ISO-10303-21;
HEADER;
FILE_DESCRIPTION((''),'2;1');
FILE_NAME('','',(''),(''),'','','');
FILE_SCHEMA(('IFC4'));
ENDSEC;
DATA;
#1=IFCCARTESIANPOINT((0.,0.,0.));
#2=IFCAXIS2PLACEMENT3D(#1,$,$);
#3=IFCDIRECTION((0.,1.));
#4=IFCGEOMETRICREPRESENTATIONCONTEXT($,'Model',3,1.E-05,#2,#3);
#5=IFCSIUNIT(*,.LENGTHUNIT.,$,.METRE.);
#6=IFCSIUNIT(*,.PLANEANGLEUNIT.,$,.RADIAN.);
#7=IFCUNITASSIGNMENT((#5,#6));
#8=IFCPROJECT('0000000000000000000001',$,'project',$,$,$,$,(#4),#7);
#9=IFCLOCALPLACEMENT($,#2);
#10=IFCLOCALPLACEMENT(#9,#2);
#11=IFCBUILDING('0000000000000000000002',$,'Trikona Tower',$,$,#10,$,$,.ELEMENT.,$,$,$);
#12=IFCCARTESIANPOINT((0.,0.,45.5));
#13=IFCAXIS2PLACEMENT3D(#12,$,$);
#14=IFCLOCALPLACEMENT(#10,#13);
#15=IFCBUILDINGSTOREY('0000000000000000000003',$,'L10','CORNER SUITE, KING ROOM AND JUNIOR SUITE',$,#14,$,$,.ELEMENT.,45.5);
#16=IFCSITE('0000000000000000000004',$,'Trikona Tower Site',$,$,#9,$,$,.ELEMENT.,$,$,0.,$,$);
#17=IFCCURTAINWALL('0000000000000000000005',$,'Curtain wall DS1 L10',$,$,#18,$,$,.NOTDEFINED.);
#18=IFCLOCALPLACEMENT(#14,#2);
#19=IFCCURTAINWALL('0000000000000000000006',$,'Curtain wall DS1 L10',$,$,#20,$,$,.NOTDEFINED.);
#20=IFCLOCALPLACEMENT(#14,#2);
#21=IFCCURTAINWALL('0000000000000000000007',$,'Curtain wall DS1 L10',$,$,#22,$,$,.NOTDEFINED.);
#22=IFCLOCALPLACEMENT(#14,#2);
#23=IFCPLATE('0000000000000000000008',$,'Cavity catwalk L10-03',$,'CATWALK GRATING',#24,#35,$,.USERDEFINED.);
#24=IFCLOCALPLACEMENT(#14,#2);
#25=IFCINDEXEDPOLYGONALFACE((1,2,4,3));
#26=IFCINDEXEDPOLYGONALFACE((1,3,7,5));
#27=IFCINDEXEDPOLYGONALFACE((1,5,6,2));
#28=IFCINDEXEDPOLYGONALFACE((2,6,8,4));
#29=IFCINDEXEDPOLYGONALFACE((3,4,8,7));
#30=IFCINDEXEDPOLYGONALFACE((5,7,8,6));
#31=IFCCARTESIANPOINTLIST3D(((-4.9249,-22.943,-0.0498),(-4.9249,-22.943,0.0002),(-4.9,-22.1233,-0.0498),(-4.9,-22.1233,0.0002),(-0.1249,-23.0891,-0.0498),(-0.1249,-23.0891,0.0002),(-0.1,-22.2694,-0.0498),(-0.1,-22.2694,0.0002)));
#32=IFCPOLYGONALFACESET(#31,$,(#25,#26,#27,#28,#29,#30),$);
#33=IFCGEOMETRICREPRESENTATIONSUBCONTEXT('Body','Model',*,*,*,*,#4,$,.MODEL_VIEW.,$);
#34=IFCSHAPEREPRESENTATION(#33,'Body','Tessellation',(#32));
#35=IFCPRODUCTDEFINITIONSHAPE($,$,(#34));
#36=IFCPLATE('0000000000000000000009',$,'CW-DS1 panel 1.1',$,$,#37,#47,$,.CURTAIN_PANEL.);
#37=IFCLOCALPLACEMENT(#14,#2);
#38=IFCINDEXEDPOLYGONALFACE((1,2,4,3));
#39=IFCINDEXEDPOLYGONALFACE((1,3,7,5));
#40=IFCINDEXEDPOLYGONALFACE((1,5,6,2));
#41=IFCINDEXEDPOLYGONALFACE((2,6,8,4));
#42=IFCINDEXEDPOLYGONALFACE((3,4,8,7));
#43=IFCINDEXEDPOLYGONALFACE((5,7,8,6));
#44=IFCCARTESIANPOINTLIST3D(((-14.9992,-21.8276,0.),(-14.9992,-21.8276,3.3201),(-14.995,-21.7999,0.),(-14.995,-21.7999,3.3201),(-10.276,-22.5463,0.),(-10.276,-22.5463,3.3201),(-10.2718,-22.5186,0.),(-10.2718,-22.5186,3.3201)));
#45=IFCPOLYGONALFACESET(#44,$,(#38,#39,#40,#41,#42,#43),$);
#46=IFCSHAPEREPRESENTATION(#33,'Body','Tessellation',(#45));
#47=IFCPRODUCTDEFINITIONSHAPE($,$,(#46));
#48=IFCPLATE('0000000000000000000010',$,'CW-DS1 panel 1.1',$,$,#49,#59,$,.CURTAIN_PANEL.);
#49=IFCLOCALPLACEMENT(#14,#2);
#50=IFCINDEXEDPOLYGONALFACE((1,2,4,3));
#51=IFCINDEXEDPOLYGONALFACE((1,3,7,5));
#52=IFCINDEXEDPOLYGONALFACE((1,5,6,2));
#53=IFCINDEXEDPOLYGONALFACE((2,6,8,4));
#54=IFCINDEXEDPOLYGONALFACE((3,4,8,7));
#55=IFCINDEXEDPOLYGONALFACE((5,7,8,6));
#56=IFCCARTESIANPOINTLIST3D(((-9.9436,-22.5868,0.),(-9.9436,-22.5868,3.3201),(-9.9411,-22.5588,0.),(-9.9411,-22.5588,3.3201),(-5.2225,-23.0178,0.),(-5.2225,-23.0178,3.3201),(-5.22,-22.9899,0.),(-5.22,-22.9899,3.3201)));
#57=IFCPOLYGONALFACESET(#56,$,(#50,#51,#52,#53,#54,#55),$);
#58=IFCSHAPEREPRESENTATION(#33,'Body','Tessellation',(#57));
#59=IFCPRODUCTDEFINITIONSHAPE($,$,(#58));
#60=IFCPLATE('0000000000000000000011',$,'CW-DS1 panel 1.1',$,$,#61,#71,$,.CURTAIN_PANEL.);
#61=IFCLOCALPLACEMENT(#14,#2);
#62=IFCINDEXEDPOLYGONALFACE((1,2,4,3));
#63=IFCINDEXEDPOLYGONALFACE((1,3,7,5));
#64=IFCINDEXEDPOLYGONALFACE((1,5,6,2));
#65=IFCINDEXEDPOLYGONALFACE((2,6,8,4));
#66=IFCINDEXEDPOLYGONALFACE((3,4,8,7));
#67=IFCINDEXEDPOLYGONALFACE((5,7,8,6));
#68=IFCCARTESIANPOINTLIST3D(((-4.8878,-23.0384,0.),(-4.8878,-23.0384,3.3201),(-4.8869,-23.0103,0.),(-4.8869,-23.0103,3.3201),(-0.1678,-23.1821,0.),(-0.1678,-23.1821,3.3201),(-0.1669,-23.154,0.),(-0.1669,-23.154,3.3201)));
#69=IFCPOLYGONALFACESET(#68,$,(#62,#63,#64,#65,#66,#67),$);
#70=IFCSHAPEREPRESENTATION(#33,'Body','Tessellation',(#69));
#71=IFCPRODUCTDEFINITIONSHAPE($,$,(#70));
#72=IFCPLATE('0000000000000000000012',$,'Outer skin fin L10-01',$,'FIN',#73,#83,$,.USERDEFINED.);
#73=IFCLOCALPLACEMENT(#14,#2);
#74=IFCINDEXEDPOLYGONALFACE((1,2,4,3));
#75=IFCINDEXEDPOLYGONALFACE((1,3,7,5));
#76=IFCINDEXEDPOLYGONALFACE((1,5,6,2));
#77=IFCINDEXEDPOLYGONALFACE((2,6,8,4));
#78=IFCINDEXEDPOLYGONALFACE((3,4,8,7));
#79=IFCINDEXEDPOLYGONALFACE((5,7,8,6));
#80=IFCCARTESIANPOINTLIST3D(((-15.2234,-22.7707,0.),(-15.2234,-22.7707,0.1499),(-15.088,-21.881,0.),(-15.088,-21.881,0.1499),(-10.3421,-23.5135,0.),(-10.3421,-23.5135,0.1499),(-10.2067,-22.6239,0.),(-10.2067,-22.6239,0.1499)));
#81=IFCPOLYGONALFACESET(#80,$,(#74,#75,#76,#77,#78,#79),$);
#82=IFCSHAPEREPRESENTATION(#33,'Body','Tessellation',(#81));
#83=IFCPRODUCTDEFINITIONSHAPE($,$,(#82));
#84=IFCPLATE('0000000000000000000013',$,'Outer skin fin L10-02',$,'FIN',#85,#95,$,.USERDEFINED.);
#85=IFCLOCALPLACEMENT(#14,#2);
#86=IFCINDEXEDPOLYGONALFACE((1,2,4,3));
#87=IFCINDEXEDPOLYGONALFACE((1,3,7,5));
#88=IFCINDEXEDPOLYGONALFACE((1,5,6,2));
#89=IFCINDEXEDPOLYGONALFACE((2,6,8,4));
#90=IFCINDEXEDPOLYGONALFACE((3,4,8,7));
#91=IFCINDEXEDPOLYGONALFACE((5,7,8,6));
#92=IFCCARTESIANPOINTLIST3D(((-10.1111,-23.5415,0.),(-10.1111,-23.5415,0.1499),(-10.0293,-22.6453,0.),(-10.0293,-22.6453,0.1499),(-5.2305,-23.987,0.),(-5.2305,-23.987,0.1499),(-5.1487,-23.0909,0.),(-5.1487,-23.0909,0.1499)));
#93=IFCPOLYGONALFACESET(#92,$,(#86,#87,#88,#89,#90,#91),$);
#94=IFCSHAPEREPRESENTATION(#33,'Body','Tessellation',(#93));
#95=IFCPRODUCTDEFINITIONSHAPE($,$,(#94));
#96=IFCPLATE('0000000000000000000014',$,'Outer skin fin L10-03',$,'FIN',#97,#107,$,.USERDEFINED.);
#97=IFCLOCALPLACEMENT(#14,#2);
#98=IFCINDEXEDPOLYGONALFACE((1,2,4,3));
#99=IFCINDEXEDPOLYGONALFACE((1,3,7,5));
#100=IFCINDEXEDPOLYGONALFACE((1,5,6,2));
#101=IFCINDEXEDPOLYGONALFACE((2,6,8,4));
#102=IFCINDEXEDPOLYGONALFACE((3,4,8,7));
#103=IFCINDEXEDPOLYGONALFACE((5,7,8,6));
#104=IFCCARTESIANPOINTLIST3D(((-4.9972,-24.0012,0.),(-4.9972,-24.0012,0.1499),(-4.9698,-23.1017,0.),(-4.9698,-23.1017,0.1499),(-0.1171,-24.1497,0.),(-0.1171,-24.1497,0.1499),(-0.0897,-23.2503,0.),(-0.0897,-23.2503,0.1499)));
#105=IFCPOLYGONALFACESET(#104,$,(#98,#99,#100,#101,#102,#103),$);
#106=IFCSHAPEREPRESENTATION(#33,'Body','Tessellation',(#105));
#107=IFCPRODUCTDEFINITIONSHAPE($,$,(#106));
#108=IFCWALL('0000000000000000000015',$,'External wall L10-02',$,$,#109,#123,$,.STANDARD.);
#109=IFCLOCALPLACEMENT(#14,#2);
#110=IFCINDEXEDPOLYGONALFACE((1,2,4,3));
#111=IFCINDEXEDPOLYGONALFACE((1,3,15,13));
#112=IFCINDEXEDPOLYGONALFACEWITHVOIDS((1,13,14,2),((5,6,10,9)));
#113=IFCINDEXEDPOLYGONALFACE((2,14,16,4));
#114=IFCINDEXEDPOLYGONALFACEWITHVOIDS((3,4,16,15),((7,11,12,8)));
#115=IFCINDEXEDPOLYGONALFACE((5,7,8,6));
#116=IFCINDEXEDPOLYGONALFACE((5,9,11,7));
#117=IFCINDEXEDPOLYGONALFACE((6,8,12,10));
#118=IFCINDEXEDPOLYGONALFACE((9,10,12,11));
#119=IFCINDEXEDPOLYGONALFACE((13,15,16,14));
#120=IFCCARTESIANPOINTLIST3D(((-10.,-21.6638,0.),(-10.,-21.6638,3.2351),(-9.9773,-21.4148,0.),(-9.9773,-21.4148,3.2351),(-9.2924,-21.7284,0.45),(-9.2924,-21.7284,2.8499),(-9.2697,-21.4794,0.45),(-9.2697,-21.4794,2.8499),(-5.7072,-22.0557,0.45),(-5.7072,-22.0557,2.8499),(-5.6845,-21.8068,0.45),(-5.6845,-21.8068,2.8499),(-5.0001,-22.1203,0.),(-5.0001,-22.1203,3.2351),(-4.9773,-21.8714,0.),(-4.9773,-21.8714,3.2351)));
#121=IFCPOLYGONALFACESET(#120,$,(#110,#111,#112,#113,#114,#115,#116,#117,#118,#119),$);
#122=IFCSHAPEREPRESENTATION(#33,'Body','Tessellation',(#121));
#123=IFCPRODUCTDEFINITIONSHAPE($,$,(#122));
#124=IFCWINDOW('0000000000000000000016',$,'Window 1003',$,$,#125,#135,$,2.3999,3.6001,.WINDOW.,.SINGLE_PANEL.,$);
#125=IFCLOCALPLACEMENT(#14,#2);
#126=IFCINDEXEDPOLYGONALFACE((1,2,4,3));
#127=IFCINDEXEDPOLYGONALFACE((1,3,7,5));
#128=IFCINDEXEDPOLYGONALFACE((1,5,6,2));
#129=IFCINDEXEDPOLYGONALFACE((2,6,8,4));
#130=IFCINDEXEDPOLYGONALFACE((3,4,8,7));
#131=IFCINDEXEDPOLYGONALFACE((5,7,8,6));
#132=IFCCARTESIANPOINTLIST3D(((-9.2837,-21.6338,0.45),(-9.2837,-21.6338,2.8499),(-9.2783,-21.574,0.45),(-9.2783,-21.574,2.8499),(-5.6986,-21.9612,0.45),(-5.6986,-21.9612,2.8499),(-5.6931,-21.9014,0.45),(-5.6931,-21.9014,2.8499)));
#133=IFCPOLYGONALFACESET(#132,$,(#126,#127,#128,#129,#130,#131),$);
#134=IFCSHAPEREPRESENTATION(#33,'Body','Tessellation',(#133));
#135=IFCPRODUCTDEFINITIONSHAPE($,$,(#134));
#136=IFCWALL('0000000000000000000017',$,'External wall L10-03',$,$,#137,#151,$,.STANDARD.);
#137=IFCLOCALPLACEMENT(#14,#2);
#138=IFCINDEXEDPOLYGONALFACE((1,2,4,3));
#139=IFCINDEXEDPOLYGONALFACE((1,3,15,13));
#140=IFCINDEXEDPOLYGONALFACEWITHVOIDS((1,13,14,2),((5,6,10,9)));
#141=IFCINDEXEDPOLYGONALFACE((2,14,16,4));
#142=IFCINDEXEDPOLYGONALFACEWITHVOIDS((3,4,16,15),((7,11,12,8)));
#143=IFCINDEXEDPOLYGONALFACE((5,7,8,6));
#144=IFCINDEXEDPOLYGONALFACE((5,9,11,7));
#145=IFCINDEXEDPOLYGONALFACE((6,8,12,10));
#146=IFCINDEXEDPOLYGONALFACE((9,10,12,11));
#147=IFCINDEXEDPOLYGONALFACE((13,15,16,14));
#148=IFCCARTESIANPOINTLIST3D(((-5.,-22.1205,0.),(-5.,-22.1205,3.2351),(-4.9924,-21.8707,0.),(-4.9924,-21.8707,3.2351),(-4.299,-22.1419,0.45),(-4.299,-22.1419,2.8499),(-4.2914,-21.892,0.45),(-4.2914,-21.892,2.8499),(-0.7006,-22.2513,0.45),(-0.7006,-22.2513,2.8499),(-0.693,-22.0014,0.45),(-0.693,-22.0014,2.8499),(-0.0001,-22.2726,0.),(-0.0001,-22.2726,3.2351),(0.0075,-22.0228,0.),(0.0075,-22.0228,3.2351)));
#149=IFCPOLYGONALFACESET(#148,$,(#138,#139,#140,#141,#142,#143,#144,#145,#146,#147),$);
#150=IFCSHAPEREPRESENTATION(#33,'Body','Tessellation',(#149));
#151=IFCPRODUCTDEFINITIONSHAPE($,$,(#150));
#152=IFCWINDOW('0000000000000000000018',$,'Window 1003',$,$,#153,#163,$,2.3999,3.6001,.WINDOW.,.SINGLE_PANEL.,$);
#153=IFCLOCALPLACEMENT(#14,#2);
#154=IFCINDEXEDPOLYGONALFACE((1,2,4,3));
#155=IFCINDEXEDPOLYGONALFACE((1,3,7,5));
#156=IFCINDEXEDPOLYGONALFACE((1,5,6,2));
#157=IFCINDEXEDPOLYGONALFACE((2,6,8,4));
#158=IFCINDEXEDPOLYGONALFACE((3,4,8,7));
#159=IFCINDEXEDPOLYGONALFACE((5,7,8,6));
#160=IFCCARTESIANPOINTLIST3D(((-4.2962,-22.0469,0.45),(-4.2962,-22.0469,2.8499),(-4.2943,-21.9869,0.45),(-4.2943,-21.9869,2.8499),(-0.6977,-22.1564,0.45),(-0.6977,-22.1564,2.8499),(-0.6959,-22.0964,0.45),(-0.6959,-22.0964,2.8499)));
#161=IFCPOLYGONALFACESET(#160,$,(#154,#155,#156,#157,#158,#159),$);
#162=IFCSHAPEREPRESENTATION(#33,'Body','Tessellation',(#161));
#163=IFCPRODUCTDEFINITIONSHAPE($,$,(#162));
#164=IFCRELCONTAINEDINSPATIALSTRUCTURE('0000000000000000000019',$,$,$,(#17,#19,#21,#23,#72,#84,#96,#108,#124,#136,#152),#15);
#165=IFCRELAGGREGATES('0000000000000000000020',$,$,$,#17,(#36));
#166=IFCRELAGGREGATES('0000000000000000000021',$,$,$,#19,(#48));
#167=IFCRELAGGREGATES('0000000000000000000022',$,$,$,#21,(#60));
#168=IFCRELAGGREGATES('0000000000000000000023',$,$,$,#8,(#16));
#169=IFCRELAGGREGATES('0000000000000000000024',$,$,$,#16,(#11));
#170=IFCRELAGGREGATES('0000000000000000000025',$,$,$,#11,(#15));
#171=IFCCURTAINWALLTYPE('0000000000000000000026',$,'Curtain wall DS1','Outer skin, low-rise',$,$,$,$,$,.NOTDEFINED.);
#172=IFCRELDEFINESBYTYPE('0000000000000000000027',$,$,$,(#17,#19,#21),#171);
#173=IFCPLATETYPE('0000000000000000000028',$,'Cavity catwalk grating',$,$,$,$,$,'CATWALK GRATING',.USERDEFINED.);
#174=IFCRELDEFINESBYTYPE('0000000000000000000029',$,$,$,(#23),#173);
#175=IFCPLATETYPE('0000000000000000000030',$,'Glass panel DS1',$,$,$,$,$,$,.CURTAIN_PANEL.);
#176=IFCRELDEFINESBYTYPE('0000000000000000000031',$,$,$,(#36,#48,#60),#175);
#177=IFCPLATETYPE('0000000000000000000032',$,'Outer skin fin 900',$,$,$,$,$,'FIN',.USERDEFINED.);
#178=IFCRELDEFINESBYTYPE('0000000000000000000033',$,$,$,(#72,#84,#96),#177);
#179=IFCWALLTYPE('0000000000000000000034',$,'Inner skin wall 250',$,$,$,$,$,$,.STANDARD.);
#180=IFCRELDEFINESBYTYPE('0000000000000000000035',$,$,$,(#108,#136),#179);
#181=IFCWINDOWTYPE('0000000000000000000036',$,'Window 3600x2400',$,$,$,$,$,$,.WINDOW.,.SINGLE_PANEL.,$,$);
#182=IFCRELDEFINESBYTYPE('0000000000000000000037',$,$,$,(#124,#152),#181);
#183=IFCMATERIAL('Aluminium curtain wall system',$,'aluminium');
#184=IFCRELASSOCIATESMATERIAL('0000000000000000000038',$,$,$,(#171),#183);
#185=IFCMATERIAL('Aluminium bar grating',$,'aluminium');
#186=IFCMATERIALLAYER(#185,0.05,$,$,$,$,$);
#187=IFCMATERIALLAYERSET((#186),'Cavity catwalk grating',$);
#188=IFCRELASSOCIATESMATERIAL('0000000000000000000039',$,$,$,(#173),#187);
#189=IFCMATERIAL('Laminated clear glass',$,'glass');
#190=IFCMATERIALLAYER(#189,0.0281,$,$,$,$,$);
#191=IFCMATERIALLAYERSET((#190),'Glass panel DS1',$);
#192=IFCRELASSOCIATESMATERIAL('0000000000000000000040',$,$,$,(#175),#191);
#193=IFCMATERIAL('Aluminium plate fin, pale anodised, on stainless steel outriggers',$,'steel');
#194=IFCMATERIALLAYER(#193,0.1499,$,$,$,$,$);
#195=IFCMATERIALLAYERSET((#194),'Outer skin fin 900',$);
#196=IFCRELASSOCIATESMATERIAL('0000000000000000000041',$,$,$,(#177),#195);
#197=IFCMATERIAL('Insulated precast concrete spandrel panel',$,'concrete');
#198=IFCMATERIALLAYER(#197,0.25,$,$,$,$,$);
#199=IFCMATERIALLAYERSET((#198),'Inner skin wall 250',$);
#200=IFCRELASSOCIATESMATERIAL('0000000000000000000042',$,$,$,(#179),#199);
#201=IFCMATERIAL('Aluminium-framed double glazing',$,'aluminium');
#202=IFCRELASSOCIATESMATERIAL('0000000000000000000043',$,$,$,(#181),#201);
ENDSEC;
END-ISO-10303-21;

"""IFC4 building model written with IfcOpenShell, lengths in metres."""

from ifc_helpers import new_model, si_unit, direction, frame, frame_2d, origin, origin_2d, place, context, subcontext, project, spatial, rectangle, extrude, material, layer, layer_set, type_object, element, fill, aggregate, save


model = new_model("IFC4")

# Units and contexts
model_context = context("Model", 3, precision=1e-05, world=origin(), true_north=direction((0.0, 1.0)))
body_context = subcontext(model_context, "Body", "Model", "MODEL_VIEW")
ifc_project = project(units=[si_unit("LENGTHUNIT", "METRE"), si_unit("PLANEANGLEUNIT", "RADIAN")], contexts=[model_context])

# Site, building, storey
site_placement = place(None, origin())
site = spatial("IfcSite", under=ifc_project, at=site_placement, Name="Trikona Tower Site", CompositionType="ELEMENT", RefElevation=0.0)
building_placement = place(site_placement, origin())
building = spatial("IfcBuilding", under=site, at=building_placement, Name="Trikona Tower", CompositionType="ELEMENT")
storey_placement = place(building_placement, frame((0.0, 0.0, 45.5)))
storey = spatial("IfcBuildingStorey", under=building, at=storey_placement, Name="L10", Description="CORNER SUITE, KING ROOM AND JUNIOR SUITE", CompositionType="ELEMENT", Elevation=45.5)

# Curtain wall
ifc_material_1 = material(Name="Aluminium curtain wall system", Category="aluminium")
curtain_wall_type = type_object("IfcCurtainWallType", Name="Curtain wall DS1", Description="Outer skin, low-rise", PredefinedType="NOTDEFINED", material=ifc_material_1)
curtain_wall_1_placement = place(storey_placement, origin())
curtain_wall_1 = element("IfcCurtainWall", 1, at=curtain_wall_1_placement, inside=storey, type_object=curtain_wall_type, Name="Curtain wall DS1 L10", PredefinedType="NOTDEFINED")

# Curtain walls
curtain_wall_2_placement = place(storey_placement, origin())
curtain_wall_2 = element("IfcCurtainWall", 2, at=curtain_wall_2_placement, inside=storey, type_object=curtain_wall_type, Name="Curtain wall DS1 L10", PredefinedType="NOTDEFINED")
curtain_wall_3_placement = place(storey_placement, origin())
curtain_wall_3 = element("IfcCurtainWall", 3, at=curtain_wall_3_placement, inside=storey, type_object=curtain_wall_type, Name="Curtain wall DS1 L10", PredefinedType="NOTDEFINED")

# Plate
ifc_material_2 = material(Name="Aluminium bar grating", Category="aluminium")
ifc_layer_1 = layer(ifc_material_2, 0.05)
ifc_layer_set_1 = layer_set([ifc_layer_1], Name="Cavity catwalk grating")
plate_type_1 = type_object("IfcPlateType", Name="Cavity catwalk grating", ElementType="CATWALK GRATING", PredefinedType="USERDEFINED", material=ifc_layer_set_1)
plate_1_placement = place(storey_placement, frame((-2.5125, -22.6062, -0.0498), z_axis=(0.0, 0.0, 1.0), x_axis=(0.999537, -0.030425, 0.0)))
element("IfcPlate", 4, at=plate_1_placement, inside=storey, type_object=plate_type_1, Name="Cavity catwalk L10-03", ObjectType="CATWALK GRATING", PredefinedType="USERDEFINED", context=body_context, shape_type="SweptSolid", body=[
    extrude(rectangle(XDim=4.8022, YDim=0.8201, at=origin_2d()), origin(), (0.0, 0.0, 1.0), 0.05),
])

# Plates
ifc_material_3 = material(Name="Laminated clear glass", Category="glass")
ifc_layer_2 = layer(ifc_material_3, 0.0281)
ifc_layer_set_2 = layer_set([ifc_layer_2], Name="Glass panel DS1")
plate_type_2 = type_object("IfcPlateType", Name="Glass panel DS1", PredefinedType="CURTAIN_PANEL", material=ifc_layer_set_2)
plate_2_placement = place(storey_placement, frame((-12.6355, -22.1731, 0.0), z_axis=(0.0, 0.0, 1.0), x_axis=(0.988619, -0.150438, 0.0)))
plate_2 = element("IfcPlate", 5, at=plate_2_placement, type_object=plate_type_2, Name="CW-DS1 panel 1.1", PredefinedType="CURTAIN_PANEL", context=body_context, shape_type="SweptSolid", body=[
    extrude(rectangle(XDim=4.7776, YDim=0.0281, at=origin_2d()), origin(), (0.0, 0.0, 1.0), 3.3201),
])
aggregate(curtain_wall_1, [plate_2])
plate_3_placement = place(storey_placement, frame((-7.5818, -22.7883, 0.0), z_axis=(0.0, 0.0, 1.0), x_axis=(0.995858, -0.090924, 0.0)))
plate_3 = element("IfcPlate", 6, at=plate_3_placement, type_object=plate_type_2, Name="CW-DS1 panel 1.1", PredefinedType="CURTAIN_PANEL", context=body_context, shape_type="SweptSolid", body=[
    extrude(rectangle(XDim=4.7407, YDim=0.0281, at=origin_2d()), origin(), (0.0, 0.0, 1.0), 3.3201),
])
aggregate(curtain_wall_2, [plate_3])
plate_4_placement = place(storey_placement, frame((-2.5273, -23.0962, 0.0), z_axis=(0.0, 0.0, 1.0), x_axis=(0.999537, -0.030437, 0.0)))
plate_4 = element("IfcPlate", 7, at=plate_4_placement, type_object=plate_type_2, Name="CW-DS1 panel 1.1", PredefinedType="CURTAIN_PANEL", context=body_context, shape_type="SweptSolid", body=[
    extrude(rectangle(XDim=4.7222, YDim=0.0281, at=origin_2d()), origin(), (0.0, 0.0, 1.0), 3.3201),
])
aggregate(curtain_wall_3, [plate_4])

# Plates
ifc_material_4 = material(Name="Aluminium plate fin, pale anodised, on stainless steel outriggers", Category="steel")
ifc_layer_3 = layer(ifc_material_4, 0.1499)
ifc_layer_set_3 = layer_set([ifc_layer_3], Name="Outer skin fin 900")
plate_type_3 = type_object("IfcPlateType", Name="Outer skin fin 900", ElementType="FIN", PredefinedType="USERDEFINED", material=ifc_layer_set_3)
plate_5_placement = place(storey_placement, frame((-12.7151, -22.6973, 0.0), z_axis=(0.0, 0.0, 1.0), x_axis=(0.988618, -0.150448, 0.0)))
element("IfcPlate", 8, at=plate_5_placement, inside=storey, type_object=plate_type_3, Name="Outer skin fin L10-01", ObjectType="FIN", PredefinedType="USERDEFINED", context=body_context, shape_type="SweptSolid", body=[
    extrude(rectangle(XDim=4.9375, YDim=0.8999, at=origin_2d()), origin(), (0.0, 0.0, 1.0), 0.1499),
])
plate_6_placement = place(storey_placement, frame((-7.6299, -23.3162, 0.0), z_axis=(0.0, 0.0, 1.0), x_axis=(0.995858, -0.090921, 0.0)))
element("IfcPlate", 9, at=plate_6_placement, inside=storey, type_object=plate_type_3, Name="Outer skin fin L10-02", ObjectType="FIN", PredefinedType="USERDEFINED", context=body_context, shape_type="SweptSolid", body=[
    extrude(rectangle(XDim=4.9009, YDim=0.8999, at=origin_2d()), origin(), (0.0, 0.0, 1.0), 0.1499),
])
plate_7_placement = place(storey_placement, frame((-2.5435, -23.6257, 0.0), z_axis=(0.0, 0.0, 1.0), x_axis=(0.999537, -0.030425, 0.0)))
element("IfcPlate", 10, at=plate_7_placement, inside=storey, type_object=plate_type_3, Name="Outer skin fin L10-03", ObjectType="FIN", PredefinedType="USERDEFINED", context=body_context, shape_type="SweptSolid", body=[
    extrude(rectangle(XDim=4.8823, YDim=0.8999, at=origin_2d()), origin(), (0.0, 0.0, 1.0), 0.1499),
])

# Walls, openings, windows
ifc_material_5 = material(Name="Insulated precast concrete spandrel panel", Category="concrete")
ifc_layer_4 = layer(ifc_material_5, 0.25)
ifc_layer_set_4 = layer_set([ifc_layer_4], Name="Inner skin wall 250")
wall_type = type_object("IfcWallType", Name="Inner skin wall 250", PredefinedType="STANDARD", material=ifc_layer_set_4)
wall_1_placement = place(storey_placement, frame((-9.9885, -21.5393, 0.0), z_axis=(0.0, 0.0, 1.0), x_axis=(0.995857, -0.09093, 0.0)))
wall_1 = element("IfcWall", 11, at=wall_1_placement, inside=storey, type_object=wall_type, Name="External wall L10-02", PredefinedType="STANDARD", context=body_context, shape_type="SweptSolid", body=[
    extrude(rectangle(XDim=5.0208, YDim=0.25, at=frame_2d((2.5103, 0.0))), origin(), (0.0, 0.0, 1.0), 3.2351),
])
opening_1_placement = place(wall_1_placement, frame((0.7104, 0.0, 0.45)))
opening_1 = element("IfcOpeningElement", 12, at=opening_1_placement, cuts=wall_1, PredefinedType="OPENING", context=body_context, shape_type="SweptSolid", body=[
    extrude(rectangle(XDim=3.6001, YDim=2.3999, at=frame_2d((1.8, 1.2))), frame((0.0, 0.135, 0.0), z_axis=(0.0, -1.0, 0.0), x_axis=(1.0, 0.0, 0.0)), (0.0, 0.0, 1.0), 0.27),
])
ifc_material_6 = material(Name="Aluminium-framed double glazing", Category="aluminium")
window_type = type_object("IfcWindowType", Name="Window 3600x2400", PartitioningType="SINGLE_PANEL", PredefinedType="WINDOW", material=ifc_material_6)
window_1_placement = place(opening_1_placement, origin())
window_1 = element("IfcWindow", 13, at=window_1_placement, inside=storey, type_object=window_type, Name="Window 1003", OverallHeight=2.3999, OverallWidth=3.6001, PartitioningType="SINGLE_PANEL", PredefinedType="WINDOW", context=body_context, shape_type="SweptSolid", body=[
    extrude(rectangle(XDim=3.6001, YDim=2.3999, at=frame_2d((1.8, 1.2))), frame((0.0, 0.03, 0.0), z_axis=(0.0, -1.0, 0.0), x_axis=(1.0, 0.0, 0.0)), (0.0, 0.0, 1.0), 0.0601),
])
fill(opening_1, window_1)
wall_2_placement = place(storey_placement, frame((-4.9961, -21.9956, 0.0), z_axis=(0.0, 0.0, 1.0), x_axis=(0.999538, -0.030406, 0.0)))
wall_2 = element("IfcWall", 14, at=wall_2_placement, inside=storey, type_object=wall_type, Name="External wall L10-03", PredefinedType="STANDARD", context=body_context, shape_type="SweptSolid", body=[
    extrude(rectangle(XDim=5.0022, YDim=0.25, at=frame_2d((2.501, 0.0))), origin(), (0.0, 0.0, 1.0), 3.2351),
])
opening_2_placement = place(wall_2_placement, frame((0.7012, 0.0, 0.45)))
opening_2 = element("IfcOpeningElement", 15, at=opening_2_placement, cuts=wall_2, PredefinedType="OPENING", context=body_context, shape_type="SweptSolid", body=[
    extrude(rectangle(XDim=3.6001, YDim=2.3999, at=frame_2d((1.8, 1.2))), frame((0.0, 0.135, 0.0), z_axis=(0.0, -1.0, 0.0), x_axis=(1.0, 0.0, 0.0)), (0.0, 0.0, 1.0), 0.27),
])
window_2_placement = place(opening_2_placement, origin())
window_2 = element("IfcWindow", 16, at=window_2_placement, inside=storey, type_object=window_type, Name="Window 1003", OverallHeight=2.3999, OverallWidth=3.6001, PartitioningType="SINGLE_PANEL", PredefinedType="WINDOW", context=body_context, shape_type="SweptSolid", body=[
    extrude(rectangle(XDim=3.6001, YDim=2.3999, at=frame_2d((1.8, 1.2))), frame((0.0, 0.03, 0.0), z_axis=(0.0, -1.0, 0.0), x_axis=(1.0, 0.0, 0.0)), (0.0, 0.0, 1.0), 0.0601),
])
fill(opening_2, window_2)

save(model, "model.ifc")
